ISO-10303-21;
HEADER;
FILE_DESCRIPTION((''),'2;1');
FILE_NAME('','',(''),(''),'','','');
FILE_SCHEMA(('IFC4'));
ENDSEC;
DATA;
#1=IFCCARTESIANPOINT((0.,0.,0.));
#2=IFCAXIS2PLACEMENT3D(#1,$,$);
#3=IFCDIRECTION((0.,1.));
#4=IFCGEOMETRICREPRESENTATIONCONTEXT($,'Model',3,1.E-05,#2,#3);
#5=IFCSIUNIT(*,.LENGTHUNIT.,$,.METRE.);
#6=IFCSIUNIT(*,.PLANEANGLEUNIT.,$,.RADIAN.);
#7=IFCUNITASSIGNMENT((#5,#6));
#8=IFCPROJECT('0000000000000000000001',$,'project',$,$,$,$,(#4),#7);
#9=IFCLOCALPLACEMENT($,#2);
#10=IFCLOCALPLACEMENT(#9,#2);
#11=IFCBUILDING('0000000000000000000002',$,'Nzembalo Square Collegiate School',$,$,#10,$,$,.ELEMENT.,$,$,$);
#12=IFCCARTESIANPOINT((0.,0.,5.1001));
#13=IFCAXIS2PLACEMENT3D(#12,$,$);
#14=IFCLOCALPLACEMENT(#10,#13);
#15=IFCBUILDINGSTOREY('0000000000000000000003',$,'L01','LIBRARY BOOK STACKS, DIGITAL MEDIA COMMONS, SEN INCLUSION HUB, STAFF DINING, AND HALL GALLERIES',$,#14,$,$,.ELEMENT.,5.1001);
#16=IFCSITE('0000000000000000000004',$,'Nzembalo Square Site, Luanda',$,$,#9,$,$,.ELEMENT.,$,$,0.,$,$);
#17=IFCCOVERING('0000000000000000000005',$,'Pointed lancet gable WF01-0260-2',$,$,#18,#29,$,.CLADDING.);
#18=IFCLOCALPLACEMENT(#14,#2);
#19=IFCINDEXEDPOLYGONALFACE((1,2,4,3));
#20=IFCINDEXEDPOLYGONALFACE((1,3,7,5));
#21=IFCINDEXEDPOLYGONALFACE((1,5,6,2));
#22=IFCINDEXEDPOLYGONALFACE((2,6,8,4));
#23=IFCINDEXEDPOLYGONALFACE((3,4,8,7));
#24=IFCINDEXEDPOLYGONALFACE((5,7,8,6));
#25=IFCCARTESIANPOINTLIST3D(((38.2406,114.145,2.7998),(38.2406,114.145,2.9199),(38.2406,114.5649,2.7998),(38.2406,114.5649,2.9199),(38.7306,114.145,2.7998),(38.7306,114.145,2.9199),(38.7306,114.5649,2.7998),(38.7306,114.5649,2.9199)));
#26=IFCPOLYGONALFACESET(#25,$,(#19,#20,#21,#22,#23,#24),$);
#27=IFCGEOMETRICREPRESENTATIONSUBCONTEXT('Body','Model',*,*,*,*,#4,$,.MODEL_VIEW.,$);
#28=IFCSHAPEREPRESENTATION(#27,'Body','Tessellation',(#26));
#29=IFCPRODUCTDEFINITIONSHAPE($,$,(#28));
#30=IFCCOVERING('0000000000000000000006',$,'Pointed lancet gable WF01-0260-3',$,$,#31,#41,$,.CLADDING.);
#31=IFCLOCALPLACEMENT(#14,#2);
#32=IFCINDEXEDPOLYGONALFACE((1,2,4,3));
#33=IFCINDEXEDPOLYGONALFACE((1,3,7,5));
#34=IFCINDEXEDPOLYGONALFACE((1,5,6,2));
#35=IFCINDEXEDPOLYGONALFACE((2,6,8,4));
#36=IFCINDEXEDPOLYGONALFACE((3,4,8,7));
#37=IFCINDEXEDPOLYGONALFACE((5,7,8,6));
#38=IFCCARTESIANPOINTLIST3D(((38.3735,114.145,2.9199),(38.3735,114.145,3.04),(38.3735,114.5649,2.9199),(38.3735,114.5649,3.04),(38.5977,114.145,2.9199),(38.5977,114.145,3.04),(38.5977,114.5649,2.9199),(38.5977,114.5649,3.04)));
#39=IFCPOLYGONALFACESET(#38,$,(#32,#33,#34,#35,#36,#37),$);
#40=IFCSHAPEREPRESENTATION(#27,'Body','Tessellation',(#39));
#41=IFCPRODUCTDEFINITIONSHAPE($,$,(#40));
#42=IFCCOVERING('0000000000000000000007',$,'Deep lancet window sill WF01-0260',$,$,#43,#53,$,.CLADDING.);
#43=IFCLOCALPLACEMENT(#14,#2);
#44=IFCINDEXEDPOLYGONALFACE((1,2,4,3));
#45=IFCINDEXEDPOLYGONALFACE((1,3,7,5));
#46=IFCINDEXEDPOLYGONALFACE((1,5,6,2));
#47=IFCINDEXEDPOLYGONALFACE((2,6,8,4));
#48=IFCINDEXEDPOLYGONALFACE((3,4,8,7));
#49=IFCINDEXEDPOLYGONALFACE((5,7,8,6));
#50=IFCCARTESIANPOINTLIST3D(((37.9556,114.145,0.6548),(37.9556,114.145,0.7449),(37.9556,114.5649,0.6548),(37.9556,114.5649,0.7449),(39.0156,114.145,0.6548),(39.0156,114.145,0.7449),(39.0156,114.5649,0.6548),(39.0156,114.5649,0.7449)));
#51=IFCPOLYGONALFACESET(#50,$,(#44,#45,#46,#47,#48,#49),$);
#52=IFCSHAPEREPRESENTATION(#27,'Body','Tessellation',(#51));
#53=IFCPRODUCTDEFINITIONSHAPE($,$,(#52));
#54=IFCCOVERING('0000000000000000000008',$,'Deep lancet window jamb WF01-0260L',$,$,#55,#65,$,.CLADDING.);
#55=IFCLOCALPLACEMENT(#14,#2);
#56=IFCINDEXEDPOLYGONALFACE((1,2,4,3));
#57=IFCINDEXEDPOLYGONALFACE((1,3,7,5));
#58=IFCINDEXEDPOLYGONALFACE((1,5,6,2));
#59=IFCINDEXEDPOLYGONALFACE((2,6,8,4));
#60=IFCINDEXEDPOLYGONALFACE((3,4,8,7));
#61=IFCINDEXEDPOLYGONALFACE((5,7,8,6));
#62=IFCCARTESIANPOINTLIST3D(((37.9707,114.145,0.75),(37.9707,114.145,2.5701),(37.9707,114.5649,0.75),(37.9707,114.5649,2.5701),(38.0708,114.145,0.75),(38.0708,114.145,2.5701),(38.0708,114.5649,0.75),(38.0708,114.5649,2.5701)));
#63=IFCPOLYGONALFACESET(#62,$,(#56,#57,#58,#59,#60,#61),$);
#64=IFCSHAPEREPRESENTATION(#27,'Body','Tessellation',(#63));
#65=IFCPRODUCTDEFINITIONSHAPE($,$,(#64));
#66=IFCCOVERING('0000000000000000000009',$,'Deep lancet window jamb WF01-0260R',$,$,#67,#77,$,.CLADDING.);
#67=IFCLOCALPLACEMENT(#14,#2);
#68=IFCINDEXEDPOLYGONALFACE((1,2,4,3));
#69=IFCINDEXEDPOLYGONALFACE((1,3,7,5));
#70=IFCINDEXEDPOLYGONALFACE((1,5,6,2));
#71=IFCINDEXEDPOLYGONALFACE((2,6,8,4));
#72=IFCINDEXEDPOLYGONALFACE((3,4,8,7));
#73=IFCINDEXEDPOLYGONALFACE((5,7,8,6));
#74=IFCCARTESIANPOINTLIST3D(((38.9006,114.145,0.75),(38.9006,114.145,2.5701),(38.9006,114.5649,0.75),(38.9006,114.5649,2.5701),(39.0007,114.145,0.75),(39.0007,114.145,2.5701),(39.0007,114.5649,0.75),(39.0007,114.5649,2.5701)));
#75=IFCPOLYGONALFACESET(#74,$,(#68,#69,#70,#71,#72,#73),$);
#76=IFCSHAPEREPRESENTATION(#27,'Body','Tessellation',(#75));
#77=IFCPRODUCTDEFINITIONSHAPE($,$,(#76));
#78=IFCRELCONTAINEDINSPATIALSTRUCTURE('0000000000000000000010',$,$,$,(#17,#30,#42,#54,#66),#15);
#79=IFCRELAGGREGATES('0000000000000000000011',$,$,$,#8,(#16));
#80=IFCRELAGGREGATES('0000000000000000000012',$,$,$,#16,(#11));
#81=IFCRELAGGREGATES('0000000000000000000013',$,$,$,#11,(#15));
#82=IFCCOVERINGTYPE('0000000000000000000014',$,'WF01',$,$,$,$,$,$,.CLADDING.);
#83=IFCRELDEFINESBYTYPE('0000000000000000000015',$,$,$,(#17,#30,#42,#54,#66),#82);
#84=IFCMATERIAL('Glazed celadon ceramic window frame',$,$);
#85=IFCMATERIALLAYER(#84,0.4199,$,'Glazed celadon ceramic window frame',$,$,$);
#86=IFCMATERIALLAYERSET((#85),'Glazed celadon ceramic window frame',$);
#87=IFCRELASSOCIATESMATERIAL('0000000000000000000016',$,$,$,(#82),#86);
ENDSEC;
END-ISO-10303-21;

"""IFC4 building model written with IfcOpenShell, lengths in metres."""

from ifc_helpers import new_model, si_unit, direction, frame, origin, origin_2d, place, context, subcontext, project, spatial, rectangle, extrude, material, layer, layer_set, type_object, element, save


model = new_model("IFC4")

# Units and contexts
model_context = context("Model", 3, precision=1e-05, world=origin(), true_north=direction((0.0, 1.0)))
body_context = subcontext(model_context, "Body", "Model", "MODEL_VIEW")
ifc_project = project(units=[si_unit("LENGTHUNIT", "METRE"), si_unit("PLANEANGLEUNIT", "RADIAN")], contexts=[model_context])

# Site, building, storey
site_placement = place(None, origin())
site = spatial("IfcSite", under=ifc_project, at=site_placement, Name="Nzembalo Square Site, Luanda", CompositionType="ELEMENT", RefElevation=0.0)
building_placement = place(site_placement, origin())
building = spatial("IfcBuilding", under=site, at=building_placement, Name="Nzembalo Square Collegiate School", CompositionType="ELEMENT")
storey_placement = place(building_placement, frame((0.0, 0.0, 5.1001)))
storey = spatial("IfcBuildingStorey", under=building, at=storey_placement, Name="L01", Description="LIBRARY BOOK STACKS, DIGITAL MEDIA COMMONS, SEN INCLUSION HUB, STAFF DINING, AND HALL GALLERIES", CompositionType="ELEMENT", Elevation=5.1001)

# Coverings
ifc_material_1 = material(Name="Glazed celadon ceramic window frame")
ifc_layer_1 = layer(ifc_material_1, 0.4199, Name="Glazed celadon ceramic window frame")
ifc_layer_set_1 = layer_set([ifc_layer_1], Name="Glazed celadon ceramic window frame")
covering_type_1 = type_object("IfcCoveringType", Name="WF01", PredefinedType="CLADDING", material=ifc_layer_set_1)
covering_1_placement = place(storey_placement, frame((38.4856, 114.355, 2.7998), z_axis=(0.0, 0.0, 1.0), x_axis=(1.0, 0.0, 0.0)))
element("IfcCovering", 1, at=covering_1_placement, inside=storey, type_object=covering_type_1, Name="Pointed lancet gable WF01-0260-2", PredefinedType="CLADDING", context=body_context, shape_type="SweptSolid", body=[
    extrude(rectangle(XDim=0.49, YDim=0.4199, at=origin_2d()), origin(), (0.0, 0.0, 1.0), 0.1201),
])
covering_2_placement = place(storey_placement, frame((38.4856, 114.355, 2.9199), z_axis=(0.0, 0.0, 1.0), x_axis=(1.0, 0.0, 0.0)))
element("IfcCovering", 2, at=covering_2_placement, inside=storey, type_object=covering_type_1, Name="Pointed lancet gable WF01-0260-3", PredefinedType="CLADDING", context=body_context, shape_type="SweptSolid", body=[
    extrude(rectangle(XDim=0.2241, YDim=0.4199, at=origin_2d()), origin(), (0.0, 0.0, 1.0), 0.1201),
])
covering_3_placement = place(storey_placement, frame((38.4856, 114.355, 0.6548), z_axis=(0.0, 0.0, 1.0), x_axis=(1.0, 0.0, 0.0)))
element("IfcCovering", 3, at=covering_3_placement, inside=storey, type_object=covering_type_1, Name="Deep lancet window sill WF01-0260", PredefinedType="CLADDING", context=body_context, shape_type="SweptSolid", body=[
    extrude(rectangle(XDim=1.0601, YDim=0.4199, at=origin_2d()), origin(), (0.0, 0.0, 1.0), 0.0901),
])
for number, where, z_axis, x_axis, name in (
    (4, (38.0208, 114.355, 0.75), (0.0, 0.0, 1.0), (1.0, 0.0, 0.0), "Deep lancet window jamb WF01-0260L"),
    (5, (38.9507, 114.355, 0.75), (0.0, 0.0, 1.0), (1.0, 0.0, 0.0), "Deep lancet window jamb WF01-0260R"),
):
    element("IfcCovering", number, at=place(storey_placement, frame(where, z_axis=z_axis, x_axis=x_axis)), inside=storey, type_object=covering_type_1, Name=name, PredefinedType="CLADDING", context=body_context, shape_type="SweptSolid", body=[
        extrude(rectangle(XDim=0.1001, YDim=0.4199, at=origin_2d()), origin(), (0.0, 0.0, 1.0), 1.8201),
    ])

save(model, "model.ifc")
